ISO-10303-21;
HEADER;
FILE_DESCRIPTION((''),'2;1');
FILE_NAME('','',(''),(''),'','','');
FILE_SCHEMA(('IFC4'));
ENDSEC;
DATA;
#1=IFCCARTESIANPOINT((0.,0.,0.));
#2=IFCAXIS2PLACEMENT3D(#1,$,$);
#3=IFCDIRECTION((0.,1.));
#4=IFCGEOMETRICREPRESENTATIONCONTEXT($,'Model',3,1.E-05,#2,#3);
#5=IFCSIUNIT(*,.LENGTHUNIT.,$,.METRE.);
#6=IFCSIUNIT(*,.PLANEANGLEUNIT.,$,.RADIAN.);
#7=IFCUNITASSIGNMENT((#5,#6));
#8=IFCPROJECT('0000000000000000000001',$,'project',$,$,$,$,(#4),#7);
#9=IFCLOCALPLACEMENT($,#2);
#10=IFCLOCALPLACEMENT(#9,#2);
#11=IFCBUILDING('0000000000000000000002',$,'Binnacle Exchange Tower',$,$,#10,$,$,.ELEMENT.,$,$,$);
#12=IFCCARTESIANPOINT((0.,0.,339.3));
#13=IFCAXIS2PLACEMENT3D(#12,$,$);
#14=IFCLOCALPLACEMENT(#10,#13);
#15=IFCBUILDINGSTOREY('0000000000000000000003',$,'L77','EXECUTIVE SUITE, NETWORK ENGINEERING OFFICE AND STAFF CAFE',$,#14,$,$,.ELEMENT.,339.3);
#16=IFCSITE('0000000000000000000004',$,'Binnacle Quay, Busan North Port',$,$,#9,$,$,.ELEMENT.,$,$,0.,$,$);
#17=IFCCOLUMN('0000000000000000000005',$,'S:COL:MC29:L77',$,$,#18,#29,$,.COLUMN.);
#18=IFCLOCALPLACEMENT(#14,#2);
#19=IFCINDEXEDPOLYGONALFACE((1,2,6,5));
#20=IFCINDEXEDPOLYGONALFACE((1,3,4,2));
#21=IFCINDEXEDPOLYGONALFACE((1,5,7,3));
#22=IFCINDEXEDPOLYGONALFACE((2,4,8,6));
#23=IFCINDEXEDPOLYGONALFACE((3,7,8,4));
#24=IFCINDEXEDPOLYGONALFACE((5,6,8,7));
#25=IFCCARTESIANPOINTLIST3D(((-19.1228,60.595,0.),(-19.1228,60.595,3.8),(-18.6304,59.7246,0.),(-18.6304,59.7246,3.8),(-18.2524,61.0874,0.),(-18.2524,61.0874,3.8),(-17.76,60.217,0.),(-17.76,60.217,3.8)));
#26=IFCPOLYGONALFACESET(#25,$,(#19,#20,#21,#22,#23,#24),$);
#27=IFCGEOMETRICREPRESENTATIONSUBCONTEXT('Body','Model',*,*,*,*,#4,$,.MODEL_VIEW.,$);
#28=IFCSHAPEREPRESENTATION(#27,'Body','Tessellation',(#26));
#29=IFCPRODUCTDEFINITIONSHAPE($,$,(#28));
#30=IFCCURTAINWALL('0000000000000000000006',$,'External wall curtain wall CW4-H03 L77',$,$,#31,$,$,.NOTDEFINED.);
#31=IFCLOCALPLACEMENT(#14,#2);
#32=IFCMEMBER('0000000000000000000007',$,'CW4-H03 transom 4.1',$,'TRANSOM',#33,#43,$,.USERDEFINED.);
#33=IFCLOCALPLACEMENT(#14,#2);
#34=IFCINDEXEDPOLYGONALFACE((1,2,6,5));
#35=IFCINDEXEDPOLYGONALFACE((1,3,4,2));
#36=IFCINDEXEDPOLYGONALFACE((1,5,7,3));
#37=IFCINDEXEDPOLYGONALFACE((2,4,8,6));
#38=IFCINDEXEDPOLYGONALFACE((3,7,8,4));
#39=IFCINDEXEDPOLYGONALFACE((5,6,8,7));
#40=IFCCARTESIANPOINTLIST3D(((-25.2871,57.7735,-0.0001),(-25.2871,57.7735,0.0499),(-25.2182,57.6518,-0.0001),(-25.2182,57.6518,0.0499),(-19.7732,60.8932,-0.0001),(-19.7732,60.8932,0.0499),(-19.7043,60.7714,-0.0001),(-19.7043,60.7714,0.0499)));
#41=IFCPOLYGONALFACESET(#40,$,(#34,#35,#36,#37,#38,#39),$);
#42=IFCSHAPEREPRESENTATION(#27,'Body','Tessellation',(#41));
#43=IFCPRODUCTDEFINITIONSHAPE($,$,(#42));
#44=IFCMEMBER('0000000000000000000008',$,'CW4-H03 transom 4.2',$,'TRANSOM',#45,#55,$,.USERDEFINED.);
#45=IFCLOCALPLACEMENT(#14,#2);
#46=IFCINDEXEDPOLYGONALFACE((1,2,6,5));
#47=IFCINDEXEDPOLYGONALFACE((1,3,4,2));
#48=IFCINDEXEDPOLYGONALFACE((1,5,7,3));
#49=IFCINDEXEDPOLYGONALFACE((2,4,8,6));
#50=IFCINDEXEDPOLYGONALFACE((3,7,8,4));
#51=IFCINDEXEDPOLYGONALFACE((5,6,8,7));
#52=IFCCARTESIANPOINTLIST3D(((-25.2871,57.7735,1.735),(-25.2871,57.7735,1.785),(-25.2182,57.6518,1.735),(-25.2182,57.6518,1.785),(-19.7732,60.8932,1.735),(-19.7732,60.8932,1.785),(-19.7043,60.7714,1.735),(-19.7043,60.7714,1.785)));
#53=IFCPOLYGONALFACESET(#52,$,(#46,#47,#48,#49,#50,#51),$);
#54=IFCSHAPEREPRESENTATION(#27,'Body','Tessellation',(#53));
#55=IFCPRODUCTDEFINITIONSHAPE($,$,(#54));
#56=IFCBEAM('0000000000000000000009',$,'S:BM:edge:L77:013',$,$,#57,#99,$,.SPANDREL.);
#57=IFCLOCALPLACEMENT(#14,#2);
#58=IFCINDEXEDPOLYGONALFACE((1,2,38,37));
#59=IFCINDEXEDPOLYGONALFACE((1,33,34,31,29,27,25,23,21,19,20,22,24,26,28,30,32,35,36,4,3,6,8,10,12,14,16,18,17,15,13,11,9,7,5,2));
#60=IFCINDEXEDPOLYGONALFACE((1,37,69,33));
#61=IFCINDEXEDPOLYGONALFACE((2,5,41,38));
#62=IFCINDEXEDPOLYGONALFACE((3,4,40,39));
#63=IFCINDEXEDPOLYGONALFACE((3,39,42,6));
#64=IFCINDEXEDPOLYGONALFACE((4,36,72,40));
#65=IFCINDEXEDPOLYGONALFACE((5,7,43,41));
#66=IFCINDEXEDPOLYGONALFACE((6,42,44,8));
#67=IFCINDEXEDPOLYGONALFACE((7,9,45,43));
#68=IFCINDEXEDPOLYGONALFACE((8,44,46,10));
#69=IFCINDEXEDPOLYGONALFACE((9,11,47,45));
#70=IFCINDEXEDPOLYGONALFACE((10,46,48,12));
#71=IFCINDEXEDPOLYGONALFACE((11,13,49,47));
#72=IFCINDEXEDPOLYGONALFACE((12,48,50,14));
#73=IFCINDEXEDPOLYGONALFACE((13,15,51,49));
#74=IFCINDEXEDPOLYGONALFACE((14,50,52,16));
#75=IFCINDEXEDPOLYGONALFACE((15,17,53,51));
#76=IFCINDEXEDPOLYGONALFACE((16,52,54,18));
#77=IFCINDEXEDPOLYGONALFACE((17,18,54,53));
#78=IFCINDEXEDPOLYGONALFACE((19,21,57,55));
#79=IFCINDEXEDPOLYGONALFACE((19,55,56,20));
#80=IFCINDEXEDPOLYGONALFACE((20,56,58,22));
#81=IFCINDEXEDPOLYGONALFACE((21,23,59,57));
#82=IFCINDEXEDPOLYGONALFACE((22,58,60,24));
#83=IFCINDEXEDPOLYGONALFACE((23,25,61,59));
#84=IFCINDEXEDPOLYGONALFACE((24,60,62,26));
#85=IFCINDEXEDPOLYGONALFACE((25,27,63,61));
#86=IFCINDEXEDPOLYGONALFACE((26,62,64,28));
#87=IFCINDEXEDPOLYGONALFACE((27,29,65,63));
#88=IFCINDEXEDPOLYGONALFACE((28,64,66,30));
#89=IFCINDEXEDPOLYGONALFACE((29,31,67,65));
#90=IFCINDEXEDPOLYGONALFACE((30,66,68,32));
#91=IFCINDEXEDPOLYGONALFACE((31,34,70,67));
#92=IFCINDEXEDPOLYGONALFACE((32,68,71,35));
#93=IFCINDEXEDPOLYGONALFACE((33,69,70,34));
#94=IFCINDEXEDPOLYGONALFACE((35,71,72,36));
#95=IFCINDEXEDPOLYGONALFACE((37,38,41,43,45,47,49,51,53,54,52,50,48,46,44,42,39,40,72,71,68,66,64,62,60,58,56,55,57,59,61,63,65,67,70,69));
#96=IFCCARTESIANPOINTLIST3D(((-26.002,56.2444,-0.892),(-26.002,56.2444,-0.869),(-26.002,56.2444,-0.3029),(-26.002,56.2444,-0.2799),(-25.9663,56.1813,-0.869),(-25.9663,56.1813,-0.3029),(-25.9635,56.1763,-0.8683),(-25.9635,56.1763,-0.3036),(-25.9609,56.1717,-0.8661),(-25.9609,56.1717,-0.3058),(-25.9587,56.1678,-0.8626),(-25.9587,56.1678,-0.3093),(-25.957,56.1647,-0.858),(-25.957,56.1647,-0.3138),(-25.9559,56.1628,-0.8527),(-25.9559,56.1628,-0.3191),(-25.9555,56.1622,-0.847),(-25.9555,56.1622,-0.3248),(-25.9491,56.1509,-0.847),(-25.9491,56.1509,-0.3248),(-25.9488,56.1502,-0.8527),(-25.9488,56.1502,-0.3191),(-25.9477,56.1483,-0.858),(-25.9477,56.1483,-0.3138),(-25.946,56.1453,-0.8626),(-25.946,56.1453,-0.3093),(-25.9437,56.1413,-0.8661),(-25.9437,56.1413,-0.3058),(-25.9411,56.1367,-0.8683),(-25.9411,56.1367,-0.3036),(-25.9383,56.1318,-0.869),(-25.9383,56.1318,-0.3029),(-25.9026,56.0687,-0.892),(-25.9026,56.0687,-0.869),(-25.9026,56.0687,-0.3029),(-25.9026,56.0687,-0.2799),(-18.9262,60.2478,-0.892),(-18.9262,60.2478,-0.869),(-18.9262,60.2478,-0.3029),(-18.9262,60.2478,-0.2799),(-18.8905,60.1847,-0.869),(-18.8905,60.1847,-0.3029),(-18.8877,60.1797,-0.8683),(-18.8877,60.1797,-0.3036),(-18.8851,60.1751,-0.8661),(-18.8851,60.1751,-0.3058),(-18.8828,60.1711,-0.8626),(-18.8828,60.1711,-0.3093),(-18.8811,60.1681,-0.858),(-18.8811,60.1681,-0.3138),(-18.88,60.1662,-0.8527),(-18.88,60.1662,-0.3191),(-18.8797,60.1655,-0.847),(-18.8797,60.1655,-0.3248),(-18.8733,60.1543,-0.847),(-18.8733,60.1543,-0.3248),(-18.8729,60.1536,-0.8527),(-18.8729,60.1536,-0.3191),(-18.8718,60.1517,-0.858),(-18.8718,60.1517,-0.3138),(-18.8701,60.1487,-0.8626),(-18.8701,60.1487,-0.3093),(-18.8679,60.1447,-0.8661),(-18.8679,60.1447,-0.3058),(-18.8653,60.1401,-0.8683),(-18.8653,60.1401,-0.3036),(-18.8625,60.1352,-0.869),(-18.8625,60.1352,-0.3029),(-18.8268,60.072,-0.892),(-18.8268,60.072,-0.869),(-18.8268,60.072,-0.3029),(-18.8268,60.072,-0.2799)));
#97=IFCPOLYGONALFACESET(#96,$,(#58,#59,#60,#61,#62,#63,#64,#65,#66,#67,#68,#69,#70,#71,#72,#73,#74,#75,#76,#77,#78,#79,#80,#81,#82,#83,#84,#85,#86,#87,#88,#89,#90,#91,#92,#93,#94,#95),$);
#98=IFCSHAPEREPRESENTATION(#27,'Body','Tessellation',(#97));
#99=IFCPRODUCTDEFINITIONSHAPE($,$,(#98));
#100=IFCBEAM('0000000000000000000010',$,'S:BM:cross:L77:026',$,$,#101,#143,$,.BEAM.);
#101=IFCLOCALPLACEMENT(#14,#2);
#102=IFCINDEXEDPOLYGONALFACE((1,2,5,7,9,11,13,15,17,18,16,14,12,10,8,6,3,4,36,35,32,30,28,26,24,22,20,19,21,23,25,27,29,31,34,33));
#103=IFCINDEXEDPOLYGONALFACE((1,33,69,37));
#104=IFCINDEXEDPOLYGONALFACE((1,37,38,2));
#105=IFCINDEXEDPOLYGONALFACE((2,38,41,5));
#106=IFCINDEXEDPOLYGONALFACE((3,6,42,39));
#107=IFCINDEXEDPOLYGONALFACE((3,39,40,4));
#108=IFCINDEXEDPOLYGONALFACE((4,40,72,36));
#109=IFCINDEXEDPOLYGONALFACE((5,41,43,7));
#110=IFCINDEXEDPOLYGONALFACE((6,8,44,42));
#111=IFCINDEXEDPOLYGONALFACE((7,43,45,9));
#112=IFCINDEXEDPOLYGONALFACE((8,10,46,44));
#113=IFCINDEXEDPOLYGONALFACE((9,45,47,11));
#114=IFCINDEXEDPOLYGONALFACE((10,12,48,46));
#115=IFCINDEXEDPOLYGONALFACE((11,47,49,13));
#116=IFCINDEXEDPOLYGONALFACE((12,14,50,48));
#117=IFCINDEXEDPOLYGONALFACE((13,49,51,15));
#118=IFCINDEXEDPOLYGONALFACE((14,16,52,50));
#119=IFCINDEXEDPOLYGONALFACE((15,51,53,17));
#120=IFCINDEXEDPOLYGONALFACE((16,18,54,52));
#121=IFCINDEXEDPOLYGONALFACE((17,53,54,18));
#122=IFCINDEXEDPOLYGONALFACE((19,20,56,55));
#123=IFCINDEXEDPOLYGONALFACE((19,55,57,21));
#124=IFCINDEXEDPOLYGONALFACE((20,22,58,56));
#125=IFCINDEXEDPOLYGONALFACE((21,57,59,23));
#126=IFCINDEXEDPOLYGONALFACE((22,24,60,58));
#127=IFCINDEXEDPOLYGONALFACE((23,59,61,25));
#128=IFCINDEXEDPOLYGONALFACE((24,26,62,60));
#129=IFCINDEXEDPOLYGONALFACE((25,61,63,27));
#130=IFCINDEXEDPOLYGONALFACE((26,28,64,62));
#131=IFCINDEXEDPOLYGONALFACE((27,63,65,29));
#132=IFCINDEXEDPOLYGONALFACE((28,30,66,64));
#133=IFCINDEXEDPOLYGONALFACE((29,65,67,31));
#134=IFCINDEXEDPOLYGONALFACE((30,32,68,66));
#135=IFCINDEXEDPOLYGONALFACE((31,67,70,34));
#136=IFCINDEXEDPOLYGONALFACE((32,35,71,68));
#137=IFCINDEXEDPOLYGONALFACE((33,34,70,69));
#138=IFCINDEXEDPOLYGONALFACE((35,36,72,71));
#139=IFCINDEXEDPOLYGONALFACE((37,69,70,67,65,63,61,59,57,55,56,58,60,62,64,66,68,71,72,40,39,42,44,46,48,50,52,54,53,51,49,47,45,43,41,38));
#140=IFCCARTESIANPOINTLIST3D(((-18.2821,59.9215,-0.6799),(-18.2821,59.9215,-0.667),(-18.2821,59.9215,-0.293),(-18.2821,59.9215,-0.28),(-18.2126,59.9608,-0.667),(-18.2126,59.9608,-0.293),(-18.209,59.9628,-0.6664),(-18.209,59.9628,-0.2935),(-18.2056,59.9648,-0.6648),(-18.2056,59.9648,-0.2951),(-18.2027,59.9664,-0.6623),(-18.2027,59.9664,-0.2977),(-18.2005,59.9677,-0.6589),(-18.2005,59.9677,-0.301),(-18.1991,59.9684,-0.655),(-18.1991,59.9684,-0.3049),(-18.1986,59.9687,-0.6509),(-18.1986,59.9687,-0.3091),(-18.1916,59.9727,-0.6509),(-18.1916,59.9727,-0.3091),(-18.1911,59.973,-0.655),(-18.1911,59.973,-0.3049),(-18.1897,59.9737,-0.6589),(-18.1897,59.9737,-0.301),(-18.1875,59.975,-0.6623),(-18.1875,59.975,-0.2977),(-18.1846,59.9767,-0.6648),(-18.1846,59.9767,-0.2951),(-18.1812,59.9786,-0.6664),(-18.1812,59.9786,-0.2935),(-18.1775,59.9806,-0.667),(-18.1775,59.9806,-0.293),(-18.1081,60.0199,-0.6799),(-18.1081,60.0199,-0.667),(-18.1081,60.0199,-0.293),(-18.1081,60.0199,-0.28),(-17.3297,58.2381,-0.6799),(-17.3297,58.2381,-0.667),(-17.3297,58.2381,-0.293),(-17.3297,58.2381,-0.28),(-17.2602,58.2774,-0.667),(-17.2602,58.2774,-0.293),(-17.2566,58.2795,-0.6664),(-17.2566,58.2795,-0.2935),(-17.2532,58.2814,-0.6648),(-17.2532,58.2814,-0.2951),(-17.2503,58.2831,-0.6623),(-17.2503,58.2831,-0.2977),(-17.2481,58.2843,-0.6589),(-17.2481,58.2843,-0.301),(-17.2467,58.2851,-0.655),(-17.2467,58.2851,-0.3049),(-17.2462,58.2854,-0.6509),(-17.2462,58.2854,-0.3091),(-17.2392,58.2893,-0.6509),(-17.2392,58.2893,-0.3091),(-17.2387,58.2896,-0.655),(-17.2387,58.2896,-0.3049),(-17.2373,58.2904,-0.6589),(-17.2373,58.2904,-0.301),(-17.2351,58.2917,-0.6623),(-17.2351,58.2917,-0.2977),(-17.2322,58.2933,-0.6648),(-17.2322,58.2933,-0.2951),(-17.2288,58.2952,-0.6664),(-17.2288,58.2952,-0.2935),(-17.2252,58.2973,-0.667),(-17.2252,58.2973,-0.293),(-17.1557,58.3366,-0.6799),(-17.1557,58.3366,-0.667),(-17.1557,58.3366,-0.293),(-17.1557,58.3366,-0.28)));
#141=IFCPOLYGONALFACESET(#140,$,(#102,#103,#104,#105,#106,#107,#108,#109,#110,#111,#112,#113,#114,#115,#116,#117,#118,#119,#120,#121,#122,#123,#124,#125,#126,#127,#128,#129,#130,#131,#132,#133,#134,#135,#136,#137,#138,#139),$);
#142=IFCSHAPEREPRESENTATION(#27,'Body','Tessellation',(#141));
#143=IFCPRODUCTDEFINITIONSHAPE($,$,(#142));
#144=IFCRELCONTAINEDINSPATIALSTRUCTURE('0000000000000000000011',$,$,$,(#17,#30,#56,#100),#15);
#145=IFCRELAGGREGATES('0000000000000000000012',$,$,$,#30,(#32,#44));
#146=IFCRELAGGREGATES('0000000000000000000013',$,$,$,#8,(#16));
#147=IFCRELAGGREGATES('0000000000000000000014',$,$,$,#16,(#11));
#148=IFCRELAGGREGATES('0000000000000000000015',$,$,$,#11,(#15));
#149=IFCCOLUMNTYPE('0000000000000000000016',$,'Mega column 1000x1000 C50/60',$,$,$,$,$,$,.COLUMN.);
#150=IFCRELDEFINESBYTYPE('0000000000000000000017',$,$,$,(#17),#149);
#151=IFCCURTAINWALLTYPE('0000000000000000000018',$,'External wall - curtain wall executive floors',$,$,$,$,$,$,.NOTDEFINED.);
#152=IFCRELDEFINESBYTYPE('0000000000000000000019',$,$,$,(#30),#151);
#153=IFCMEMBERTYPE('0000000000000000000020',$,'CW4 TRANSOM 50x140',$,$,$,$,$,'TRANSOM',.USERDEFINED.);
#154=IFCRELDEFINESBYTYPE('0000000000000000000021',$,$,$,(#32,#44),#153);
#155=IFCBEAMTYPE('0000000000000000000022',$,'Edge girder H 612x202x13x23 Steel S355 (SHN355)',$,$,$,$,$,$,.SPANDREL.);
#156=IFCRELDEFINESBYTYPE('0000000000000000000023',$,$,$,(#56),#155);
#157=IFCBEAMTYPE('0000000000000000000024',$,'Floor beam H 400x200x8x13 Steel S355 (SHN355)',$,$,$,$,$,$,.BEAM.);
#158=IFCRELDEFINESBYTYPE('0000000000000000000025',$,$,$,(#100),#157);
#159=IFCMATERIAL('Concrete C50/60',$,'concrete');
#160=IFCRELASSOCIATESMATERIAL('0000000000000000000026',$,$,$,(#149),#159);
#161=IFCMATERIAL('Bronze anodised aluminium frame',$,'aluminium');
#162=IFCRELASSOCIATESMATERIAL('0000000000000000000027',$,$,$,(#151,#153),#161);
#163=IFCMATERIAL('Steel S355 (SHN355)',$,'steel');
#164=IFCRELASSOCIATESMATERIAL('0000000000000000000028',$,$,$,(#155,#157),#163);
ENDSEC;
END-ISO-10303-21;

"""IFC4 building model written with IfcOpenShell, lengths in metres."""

from ifc_helpers import new_model, si_unit, direction, frame, origin, origin_2d, place, context, subcontext, project, spatial, rectangle, i_section, extrude, material, material_profile, profile_set, type_object, element, aggregate, save


model = new_model("IFC4")

# Units and contexts
model_context = context("Model", 3, precision=1e-05, world=origin(), true_north=direction((0.0, 1.0)))
body_context = subcontext(model_context, "Body", "Model", "MODEL_VIEW")
ifc_project = project(units=[si_unit("LENGTHUNIT", "METRE"), si_unit("PLANEANGLEUNIT", "RADIAN")], contexts=[model_context])

# Site, building, storey
site_placement = place(None, origin())
site = spatial("IfcSite", under=ifc_project, at=site_placement, Name="Binnacle Quay, Busan North Port", CompositionType="ELEMENT", RefElevation=0.0)
building_placement = place(site_placement, origin())
building = spatial("IfcBuilding", under=site, at=building_placement, Name="Binnacle Exchange Tower", CompositionType="ELEMENT")
storey_placement = place(building_placement, frame((0.0, 0.0, 339.3)))
storey = spatial("IfcBuildingStorey", under=building, at=storey_placement, Name="L77", Description="EXECUTIVE SUITE, NETWORK ENGINEERING OFFICE AND STAFF CAFE", CompositionType="ELEMENT", Elevation=339.3)

# Column
ifc_material_1 = material(Name="Concrete C50/60", Category="concrete")
ifc_material_profile_1 = material_profile(ifc_material_1, rectangle(XDim=1.0, YDim=1.0, at=origin_2d()), Name="Mega column 1000x1000 C50/60")
ifc_profile_set_1 = profile_set([ifc_material_profile_1], Name="Concrete C50/60")
column_type = type_object("IfcColumnType", Name="Mega column 1000x1000 C50/60", PredefinedType="COLUMN", material=ifc_profile_set_1)
column_placement = place(storey_placement, frame((-18.4414, 60.406, 0.0), z_axis=(0.0, 0.0, 1.0), x_axis=(-0.870356, -0.492424, 0.0)))
element("IfcColumn", 1, at=column_placement, inside=storey, type_object=column_type, Name="S:COL:MC29:L77", PredefinedType="COLUMN", context=body_context, shape_type="SweptSolid", body=[
    extrude(rectangle(XDim=1.0, YDim=1.0, at=origin_2d()), origin(), (0.0, 0.0, 1.0), 3.8),
])

# Curtain wall, members
ifc_material_2 = material(Name="Bronze anodised aluminium frame", Category="aluminium")
curtain_wall_type = type_object("IfcCurtainWallType", Name="External wall - curtain wall executive floors", PredefinedType="NOTDEFINED", material=ifc_material_2)
curtain_wall_placement = place(storey_placement, origin())
curtain_wall = element("IfcCurtainWall", 2, at=curtain_wall_placement, inside=storey, type_object=curtain_wall_type, Name="External wall curtain wall CW4-H03 L77", PredefinedType="NOTDEFINED")
ifc_material_profile_2 = material_profile(ifc_material_2, rectangle(XDim=0.1399, YDim=0.05, at=origin_2d()), Name="AL 140x50")
ifc_profile_set_2 = profile_set([ifc_material_profile_2], Name="Bronze anodised aluminium frame")
member_type = type_object("IfcMemberType", Name="CW4 TRANSOM 50x140", ElementType="TRANSOM", PredefinedType="USERDEFINED", material=ifc_profile_set_2)
member_1_placement = place(storey_placement, frame((-19.7388, 60.8323, 0.0249), z_axis=(-0.870355, -0.492424, 0.0), x_axis=(0.492424, -0.870355, 0.0)))
member_1 = element("IfcMember", 3, at=member_1_placement, type_object=member_type, Name="CW4-H03 transom 4.1", ObjectType="TRANSOM", PredefinedType="USERDEFINED", context=body_context, shape_type="SweptSolid", body=[
    extrude(rectangle(XDim=0.1399, YDim=0.05, at=origin_2d()), origin(), (0.0, 0.0, 1.0), 6.3352),
])
member_2_placement = place(storey_placement, frame((-19.7388, 60.8323, 1.76), z_axis=(-0.870355, -0.492424, 0.0), x_axis=(0.492424, -0.870355, 0.0)))
member_2 = element("IfcMember", 4, at=member_2_placement, type_object=member_type, Name="CW4-H03 transom 4.2", ObjectType="TRANSOM", PredefinedType="USERDEFINED", context=body_context, shape_type="SweptSolid", body=[
    extrude(rectangle(XDim=0.1399, YDim=0.05, at=origin_2d()), origin(), (0.0, 0.0, 1.0), 6.3352),
])
aggregate(curtain_wall, [member_1, member_2])

# Beams
ifc_material_3 = material(Name="Steel S355 (SHN355)", Category="steel")
ifc_material_profile_3 = material_profile(ifc_material_3, i_section(OverallWidth=0.2019, OverallDepth=0.6121, WebThickness=0.0129, FlangeThickness=0.0229, FilletRadius=0.022, at=origin_2d()), Name="H 612x202x13x23")
ifc_profile_set_3 = profile_set([ifc_material_profile_3], Name="Steel S355 (SHN355)")
beam_type_1 = type_object("IfcBeamType", Name="Edge girder H 612x202x13x23 Steel S355 (SHN355)", PredefinedType="SPANDREL", material=ifc_profile_set_3)
beam_1_placement = place(storey_placement, frame((-18.8765, 60.1599, -0.5859), z_axis=(-0.870353, -0.492428, 0.0), x_axis=(0.492428, -0.870353, 0.0)))
element("IfcBeam", 5, at=beam_1_placement, inside=storey, type_object=beam_type_1, Name="S:BM:edge:L77:013", PredefinedType="SPANDREL", context=body_context, shape_type="SweptSolid", body=[
    extrude(i_section(OverallWidth=0.2019, OverallDepth=0.6121, WebThickness=0.0129, FlangeThickness=0.0229, FilletRadius=0.022, at=origin_2d()), origin(), (0.0, 0.0, 1.0), 8.1299),
])
ifc_material_profile_4 = material_profile(ifc_material_3, i_section(OverallWidth=0.2, OverallDepth=0.3999, WebThickness=0.0081, FlangeThickness=0.0129, FilletRadius=0.0161, at=origin_2d()), Name="H 400x200x8x13")
ifc_profile_set_4 = profile_set([ifc_material_profile_4], Name="Steel S355 (SHN355)")
beam_type_2 = type_object("IfcBeamType", Name="Floor beam H 400x200x8x13 Steel S355 (SHN355)", PredefinedType="BEAM", material=ifc_profile_set_4)
beam_2_placement = place(storey_placement, frame((-18.1951, 59.9707, -0.48), z_axis=(0.492423, -0.870356, 0.0), x_axis=(0.870356, 0.492423, 0.0)))
element("IfcBeam", 6, at=beam_2_placement, inside=storey, type_object=beam_type_2, Name="S:BM:cross:L77:026", PredefinedType="BEAM", context=body_context, shape_type="SweptSolid", body=[
    extrude(i_section(OverallWidth=0.2, OverallDepth=0.3999, WebThickness=0.0081, FlangeThickness=0.0129, FilletRadius=0.0161, at=origin_2d()), origin(), (0.0, 0.0, 1.0), 1.9341),
])

save(model, "model.ifc")
